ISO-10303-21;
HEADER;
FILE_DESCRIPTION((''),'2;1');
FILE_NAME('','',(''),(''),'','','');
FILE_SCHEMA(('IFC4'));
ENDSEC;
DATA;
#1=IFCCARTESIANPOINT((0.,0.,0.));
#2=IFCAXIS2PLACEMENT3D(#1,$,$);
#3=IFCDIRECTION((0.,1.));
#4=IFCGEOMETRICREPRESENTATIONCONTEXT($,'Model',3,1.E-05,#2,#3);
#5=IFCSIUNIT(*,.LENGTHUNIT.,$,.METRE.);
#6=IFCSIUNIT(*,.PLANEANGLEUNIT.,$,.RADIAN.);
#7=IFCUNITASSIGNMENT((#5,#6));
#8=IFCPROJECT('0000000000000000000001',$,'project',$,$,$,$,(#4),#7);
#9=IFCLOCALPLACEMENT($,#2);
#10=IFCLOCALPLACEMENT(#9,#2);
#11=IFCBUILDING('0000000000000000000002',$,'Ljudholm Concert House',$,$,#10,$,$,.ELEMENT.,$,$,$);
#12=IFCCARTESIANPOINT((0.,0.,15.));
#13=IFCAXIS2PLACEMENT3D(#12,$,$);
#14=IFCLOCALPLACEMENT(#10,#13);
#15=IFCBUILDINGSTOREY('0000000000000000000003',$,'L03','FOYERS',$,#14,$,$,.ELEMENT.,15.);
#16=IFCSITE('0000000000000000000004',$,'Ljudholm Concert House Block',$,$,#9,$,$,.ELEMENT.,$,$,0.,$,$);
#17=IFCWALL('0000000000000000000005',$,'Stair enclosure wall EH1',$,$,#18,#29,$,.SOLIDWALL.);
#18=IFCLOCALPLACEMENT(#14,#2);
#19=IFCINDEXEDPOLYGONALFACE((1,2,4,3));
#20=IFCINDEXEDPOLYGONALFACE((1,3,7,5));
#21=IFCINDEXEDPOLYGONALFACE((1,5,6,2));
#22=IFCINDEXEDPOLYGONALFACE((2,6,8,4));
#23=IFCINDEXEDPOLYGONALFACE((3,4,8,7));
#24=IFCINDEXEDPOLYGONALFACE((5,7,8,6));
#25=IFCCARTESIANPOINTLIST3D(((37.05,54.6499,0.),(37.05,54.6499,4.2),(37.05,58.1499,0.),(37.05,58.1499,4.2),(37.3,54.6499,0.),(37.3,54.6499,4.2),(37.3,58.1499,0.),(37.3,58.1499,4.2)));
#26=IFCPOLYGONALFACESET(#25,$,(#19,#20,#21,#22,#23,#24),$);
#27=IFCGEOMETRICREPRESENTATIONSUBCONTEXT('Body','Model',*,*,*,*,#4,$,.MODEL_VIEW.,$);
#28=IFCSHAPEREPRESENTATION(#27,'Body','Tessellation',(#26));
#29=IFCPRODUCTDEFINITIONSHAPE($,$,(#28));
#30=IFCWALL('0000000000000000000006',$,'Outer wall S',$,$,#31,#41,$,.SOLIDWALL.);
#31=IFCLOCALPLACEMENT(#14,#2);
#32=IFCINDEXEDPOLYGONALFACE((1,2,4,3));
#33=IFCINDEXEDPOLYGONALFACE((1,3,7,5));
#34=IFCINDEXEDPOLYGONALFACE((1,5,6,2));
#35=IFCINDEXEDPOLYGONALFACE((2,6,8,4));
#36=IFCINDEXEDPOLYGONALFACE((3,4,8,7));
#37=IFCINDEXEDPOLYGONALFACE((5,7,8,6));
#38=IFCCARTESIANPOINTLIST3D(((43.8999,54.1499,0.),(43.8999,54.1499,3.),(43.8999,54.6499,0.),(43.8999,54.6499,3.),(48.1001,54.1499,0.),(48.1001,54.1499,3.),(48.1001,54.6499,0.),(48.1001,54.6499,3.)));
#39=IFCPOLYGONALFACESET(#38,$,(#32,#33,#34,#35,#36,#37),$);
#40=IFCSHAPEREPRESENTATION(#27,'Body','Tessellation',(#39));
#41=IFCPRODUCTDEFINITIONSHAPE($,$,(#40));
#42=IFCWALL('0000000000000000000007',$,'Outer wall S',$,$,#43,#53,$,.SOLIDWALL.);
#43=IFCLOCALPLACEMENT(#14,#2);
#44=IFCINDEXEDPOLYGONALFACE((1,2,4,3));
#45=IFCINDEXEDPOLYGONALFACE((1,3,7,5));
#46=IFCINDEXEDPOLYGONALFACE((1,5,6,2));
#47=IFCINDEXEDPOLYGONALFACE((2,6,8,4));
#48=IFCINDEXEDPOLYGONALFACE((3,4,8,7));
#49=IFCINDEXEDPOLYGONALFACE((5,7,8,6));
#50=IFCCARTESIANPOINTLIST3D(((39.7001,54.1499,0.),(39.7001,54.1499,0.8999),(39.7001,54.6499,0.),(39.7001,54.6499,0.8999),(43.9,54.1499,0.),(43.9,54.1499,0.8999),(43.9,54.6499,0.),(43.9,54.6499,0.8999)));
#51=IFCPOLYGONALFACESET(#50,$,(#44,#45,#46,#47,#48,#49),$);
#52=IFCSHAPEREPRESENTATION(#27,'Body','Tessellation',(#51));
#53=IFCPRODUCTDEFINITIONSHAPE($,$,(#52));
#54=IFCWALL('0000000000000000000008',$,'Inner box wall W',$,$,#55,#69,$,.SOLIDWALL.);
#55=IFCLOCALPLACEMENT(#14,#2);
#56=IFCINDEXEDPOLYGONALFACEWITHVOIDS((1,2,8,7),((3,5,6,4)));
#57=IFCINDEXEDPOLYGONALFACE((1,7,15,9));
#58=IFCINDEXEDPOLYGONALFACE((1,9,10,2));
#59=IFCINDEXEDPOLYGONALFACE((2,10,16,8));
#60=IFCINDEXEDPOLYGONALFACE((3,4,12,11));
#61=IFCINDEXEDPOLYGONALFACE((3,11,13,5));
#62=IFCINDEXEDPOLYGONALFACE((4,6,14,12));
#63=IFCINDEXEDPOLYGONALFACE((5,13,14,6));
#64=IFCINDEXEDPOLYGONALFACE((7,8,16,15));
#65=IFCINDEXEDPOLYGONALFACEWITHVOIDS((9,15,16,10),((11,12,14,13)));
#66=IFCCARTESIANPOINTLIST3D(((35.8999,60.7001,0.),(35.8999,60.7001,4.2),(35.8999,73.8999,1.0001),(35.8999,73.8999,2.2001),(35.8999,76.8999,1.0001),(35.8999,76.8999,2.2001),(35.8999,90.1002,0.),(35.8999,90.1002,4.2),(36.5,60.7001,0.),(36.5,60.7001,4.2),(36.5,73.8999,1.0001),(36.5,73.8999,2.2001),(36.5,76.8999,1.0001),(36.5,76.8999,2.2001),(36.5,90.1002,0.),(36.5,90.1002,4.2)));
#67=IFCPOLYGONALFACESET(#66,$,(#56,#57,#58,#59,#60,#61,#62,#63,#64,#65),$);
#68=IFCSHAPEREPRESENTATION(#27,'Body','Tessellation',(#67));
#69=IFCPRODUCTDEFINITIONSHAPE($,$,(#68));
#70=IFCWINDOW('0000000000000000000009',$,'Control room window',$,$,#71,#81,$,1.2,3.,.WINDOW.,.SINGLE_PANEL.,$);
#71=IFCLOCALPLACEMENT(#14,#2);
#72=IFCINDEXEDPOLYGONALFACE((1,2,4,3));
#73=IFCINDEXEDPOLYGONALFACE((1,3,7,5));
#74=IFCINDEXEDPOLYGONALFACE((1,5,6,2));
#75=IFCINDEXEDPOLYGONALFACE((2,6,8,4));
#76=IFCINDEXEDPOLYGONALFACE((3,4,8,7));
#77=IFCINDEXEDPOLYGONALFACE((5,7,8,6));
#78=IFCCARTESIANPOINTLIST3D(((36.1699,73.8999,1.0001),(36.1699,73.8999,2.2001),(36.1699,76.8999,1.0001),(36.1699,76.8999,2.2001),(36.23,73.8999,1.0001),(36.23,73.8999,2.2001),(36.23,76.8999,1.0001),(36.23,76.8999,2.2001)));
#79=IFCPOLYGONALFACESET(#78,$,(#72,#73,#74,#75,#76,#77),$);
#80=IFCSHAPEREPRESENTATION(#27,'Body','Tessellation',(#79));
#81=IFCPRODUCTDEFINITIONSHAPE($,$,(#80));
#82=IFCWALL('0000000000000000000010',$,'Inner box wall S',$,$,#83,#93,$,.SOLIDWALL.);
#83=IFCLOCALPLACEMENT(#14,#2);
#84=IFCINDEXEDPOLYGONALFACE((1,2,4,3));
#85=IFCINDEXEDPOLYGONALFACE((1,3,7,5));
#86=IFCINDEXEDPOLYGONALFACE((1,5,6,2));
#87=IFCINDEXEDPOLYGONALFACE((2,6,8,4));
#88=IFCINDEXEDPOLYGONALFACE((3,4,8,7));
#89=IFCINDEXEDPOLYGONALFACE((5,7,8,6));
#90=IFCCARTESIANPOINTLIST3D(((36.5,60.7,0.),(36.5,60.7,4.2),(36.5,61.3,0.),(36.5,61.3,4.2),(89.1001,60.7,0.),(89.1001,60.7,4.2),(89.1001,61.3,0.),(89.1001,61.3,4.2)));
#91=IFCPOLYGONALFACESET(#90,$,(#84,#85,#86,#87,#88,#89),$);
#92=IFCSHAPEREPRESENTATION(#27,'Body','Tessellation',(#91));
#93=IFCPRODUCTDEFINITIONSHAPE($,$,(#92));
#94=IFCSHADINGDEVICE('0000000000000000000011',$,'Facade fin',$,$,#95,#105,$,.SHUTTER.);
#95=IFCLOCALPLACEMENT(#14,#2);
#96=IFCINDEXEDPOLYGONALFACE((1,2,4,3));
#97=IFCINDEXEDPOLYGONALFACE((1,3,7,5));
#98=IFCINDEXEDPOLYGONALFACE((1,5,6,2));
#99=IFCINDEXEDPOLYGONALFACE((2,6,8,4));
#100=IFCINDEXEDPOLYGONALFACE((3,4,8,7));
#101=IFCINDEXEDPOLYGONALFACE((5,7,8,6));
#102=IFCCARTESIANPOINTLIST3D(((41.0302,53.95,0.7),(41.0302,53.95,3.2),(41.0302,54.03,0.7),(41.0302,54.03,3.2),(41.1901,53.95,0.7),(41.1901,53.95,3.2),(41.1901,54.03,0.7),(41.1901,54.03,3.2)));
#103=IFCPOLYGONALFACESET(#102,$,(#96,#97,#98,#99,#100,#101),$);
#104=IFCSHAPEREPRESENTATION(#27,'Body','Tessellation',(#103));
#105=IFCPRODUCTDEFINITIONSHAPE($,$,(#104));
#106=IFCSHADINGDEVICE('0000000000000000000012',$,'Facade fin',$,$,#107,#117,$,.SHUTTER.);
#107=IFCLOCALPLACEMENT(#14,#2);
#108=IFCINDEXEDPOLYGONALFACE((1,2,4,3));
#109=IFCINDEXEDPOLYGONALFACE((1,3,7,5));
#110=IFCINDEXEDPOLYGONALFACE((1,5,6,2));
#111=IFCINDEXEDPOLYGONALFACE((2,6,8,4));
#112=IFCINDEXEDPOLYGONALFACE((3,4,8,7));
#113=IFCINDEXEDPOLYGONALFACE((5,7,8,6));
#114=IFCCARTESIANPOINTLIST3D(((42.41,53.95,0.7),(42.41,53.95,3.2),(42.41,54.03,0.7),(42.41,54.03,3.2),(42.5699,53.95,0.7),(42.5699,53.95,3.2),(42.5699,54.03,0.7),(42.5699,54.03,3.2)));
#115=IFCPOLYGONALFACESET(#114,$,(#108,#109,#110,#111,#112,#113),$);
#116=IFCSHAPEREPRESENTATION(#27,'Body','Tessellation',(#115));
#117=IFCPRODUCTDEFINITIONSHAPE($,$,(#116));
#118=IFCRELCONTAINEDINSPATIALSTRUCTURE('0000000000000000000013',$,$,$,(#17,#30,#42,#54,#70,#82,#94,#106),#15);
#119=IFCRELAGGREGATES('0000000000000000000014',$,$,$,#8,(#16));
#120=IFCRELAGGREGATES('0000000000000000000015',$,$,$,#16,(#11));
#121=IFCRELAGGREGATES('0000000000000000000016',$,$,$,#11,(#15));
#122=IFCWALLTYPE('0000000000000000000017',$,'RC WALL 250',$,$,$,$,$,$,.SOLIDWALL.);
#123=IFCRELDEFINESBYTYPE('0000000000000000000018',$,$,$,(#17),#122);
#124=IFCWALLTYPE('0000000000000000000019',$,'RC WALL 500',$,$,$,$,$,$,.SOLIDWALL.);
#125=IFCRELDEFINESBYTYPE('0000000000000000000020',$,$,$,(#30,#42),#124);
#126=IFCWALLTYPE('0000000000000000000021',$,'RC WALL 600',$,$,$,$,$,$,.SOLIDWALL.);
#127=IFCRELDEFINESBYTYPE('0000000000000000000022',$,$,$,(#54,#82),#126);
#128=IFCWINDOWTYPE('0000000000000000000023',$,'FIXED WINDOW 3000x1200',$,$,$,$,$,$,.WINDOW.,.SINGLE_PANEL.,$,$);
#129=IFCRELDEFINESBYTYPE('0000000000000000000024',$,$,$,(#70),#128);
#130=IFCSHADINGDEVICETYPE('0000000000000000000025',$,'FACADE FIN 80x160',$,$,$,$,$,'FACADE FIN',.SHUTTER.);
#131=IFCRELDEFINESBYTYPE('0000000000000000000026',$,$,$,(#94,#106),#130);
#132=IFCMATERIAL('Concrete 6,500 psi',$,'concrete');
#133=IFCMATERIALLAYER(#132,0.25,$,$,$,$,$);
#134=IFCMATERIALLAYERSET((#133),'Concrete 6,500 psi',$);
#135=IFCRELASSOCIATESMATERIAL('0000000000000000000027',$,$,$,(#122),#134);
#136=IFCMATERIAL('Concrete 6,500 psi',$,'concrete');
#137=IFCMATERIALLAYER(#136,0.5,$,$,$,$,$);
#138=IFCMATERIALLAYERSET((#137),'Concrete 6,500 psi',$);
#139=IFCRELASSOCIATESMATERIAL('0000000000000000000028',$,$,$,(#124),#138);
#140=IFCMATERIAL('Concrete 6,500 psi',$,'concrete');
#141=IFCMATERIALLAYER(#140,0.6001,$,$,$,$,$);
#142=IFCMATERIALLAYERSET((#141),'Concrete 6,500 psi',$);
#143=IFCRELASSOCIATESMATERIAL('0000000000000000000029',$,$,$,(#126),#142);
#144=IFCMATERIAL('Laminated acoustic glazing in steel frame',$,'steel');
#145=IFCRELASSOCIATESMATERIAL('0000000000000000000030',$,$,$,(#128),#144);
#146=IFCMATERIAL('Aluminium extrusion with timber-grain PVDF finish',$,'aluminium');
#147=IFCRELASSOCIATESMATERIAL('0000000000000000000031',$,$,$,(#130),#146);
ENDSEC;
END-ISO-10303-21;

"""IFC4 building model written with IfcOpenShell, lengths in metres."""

from ifc_helpers import new_model, si_unit, direction, frame, frame_2d, origin, origin_2d, place, context, subcontext, project, spatial, rectangle, extrude, material, layer, layer_set, type_object, element, fill, save


model = new_model("IFC4")

# Units and contexts
model_context = context("Model", 3, precision=1e-05, world=origin(), true_north=direction((0.0, 1.0)))
body_context = subcontext(model_context, "Body", "Model", "MODEL_VIEW")
ifc_project = project(units=[si_unit("LENGTHUNIT", "METRE"), si_unit("PLANEANGLEUNIT", "RADIAN")], contexts=[model_context])

# Site, building, storey
site_placement = place(None, origin())
site = spatial("IfcSite", under=ifc_project, at=site_placement, Name="Ljudholm Concert House Block", CompositionType="ELEMENT", RefElevation=0.0)
building_placement = place(site_placement, origin())
building = spatial("IfcBuilding", under=site, at=building_placement, Name="Ljudholm Concert House", CompositionType="ELEMENT")
storey_placement = place(building_placement, frame((0.0, 0.0, 15.0)))
storey = spatial("IfcBuildingStorey", under=building, at=storey_placement, Name="L03", Description="FOYERS", CompositionType="ELEMENT", Elevation=15.0)

# Walls
ifc_material_1 = material(Name="Concrete 6,500 psi", Category="concrete")
ifc_layer_1 = layer(ifc_material_1, 0.25)
ifc_layer_set_1 = layer_set([ifc_layer_1], Name="Concrete 6,500 psi")
wall_type_1 = type_object("IfcWallType", Name="RC WALL 250", PredefinedType="SOLIDWALL", material=ifc_layer_set_1)
wall_1_placement = place(storey_placement, frame((37.175, 54.6499, 0.0), z_axis=(0.0, 0.0, 1.0), x_axis=(0.0, 1.0, 0.0)))
element("IfcWall", 1, at=wall_1_placement, inside=storey, type_object=wall_type_1, Name="Stair enclosure wall EH1", PredefinedType="SOLIDWALL", context=body_context, shape_type="SweptSolid", body=[
    extrude(rectangle(XDim=3.5, YDim=0.25, at=frame_2d((1.75, 0.0))), origin(), (0.0, 0.0, 1.0), 4.2),
])
ifc_material_2 = material(Name="Concrete 6,500 psi", Category="concrete")
ifc_layer_2 = layer(ifc_material_2, 0.5)
ifc_layer_set_2 = layer_set([ifc_layer_2], Name="Concrete 6,500 psi")
wall_type_2 = type_object("IfcWallType", Name="RC WALL 500", PredefinedType="SOLIDWALL", material=ifc_layer_set_2)
wall_2_placement = place(storey_placement, frame((43.8999, 54.3999, 0.0), z_axis=(0.0, 0.0, 1.0), x_axis=(1.0, 0.0, 0.0)))
element("IfcWall", 2, at=wall_2_placement, inside=storey, type_object=wall_type_2, Name="Outer wall S", PredefinedType="SOLIDWALL", context=body_context, shape_type="SweptSolid", body=[
    extrude(rectangle(XDim=4.2002, YDim=0.5, at=frame_2d((2.1001, 0.0))), origin(), (0.0, 0.0, 1.0), 3.0),
])
wall_3_placement = place(storey_placement, frame((39.7, 54.3999, 0.0), z_axis=(0.0, 0.0, 1.0), x_axis=(1.0, 0.0, 0.0)))
element("IfcWall", 3, at=wall_3_placement, inside=storey, type_object=wall_type_2, Name="Outer wall S", PredefinedType="SOLIDWALL", context=body_context, shape_type="SweptSolid", body=[
    extrude(rectangle(XDim=4.2, YDim=0.5, at=frame_2d((2.1001, 0.0))), origin(), (0.0, 0.0, 1.0), 0.8999),
])

# Wall, opening, window
ifc_material_3 = material(Name="Concrete 6,500 psi", Category="concrete")
ifc_layer_3 = layer(ifc_material_3, 0.6001)
ifc_layer_set_3 = layer_set([ifc_layer_3], Name="Concrete 6,500 psi")
wall_type_3 = type_object("IfcWallType", Name="RC WALL 600", PredefinedType="SOLIDWALL", material=ifc_layer_set_3)
wall_4_placement = place(storey_placement, frame((36.2, 60.7, 0.0), z_axis=(0.0, 0.0, 1.0), x_axis=(0.0, 1.0, 0.0)))
wall_4 = element("IfcWall", 4, at=wall_4_placement, inside=storey, type_object=wall_type_3, Name="Inner box wall W", PredefinedType="SOLIDWALL", context=body_context, shape_type="SweptSolid", body=[
    extrude(rectangle(XDim=29.4001, YDim=0.6001, at=frame_2d((14.7002, 0.0))), origin(), (0.0, 0.0, 1.0), 4.2),
])
opening_1_placement = place(wall_4_placement, frame((13.2, 0.0, 1.0)))
opening_1 = element("IfcOpeningElement", 5, at=opening_1_placement, cuts=wall_4, PredefinedType="OPENING", context=body_context, shape_type="SweptSolid", body=[
    extrude(rectangle(XDim=3.0, YDim=1.2, at=frame_2d((1.5, 0.6001))), frame((0.0, 0.3101, 0.0), z_axis=(0.0, -1.0, 0.0), x_axis=(1.0, 0.0, 0.0)), (0.0, 0.0, 1.0), 0.6201),
])
ifc_material_4 = material(Name="Laminated acoustic glazing in steel frame", Category="steel")
window_type = type_object("IfcWindowType", Name="FIXED WINDOW 3000x1200", PartitioningType="SINGLE_PANEL", PredefinedType="WINDOW", material=ifc_material_4)
window_placement = place(opening_1_placement, origin())
window = element("IfcWindow", 6, at=window_placement, inside=storey, type_object=window_type, Name="Control room window", OverallHeight=1.2, OverallWidth=3.0, PartitioningType="SINGLE_PANEL", PredefinedType="WINDOW", context=body_context, shape_type="SweptSolid", body=[
    extrude(rectangle(XDim=3.0, YDim=1.2, at=frame_2d((1.5, 0.6001))), frame((0.0, 0.03, 0.0), z_axis=(0.0, -1.0, 0.0), x_axis=(1.0, 0.0, 0.0)), (0.0, 0.0, 1.0), 0.0601),
])
fill(opening_1, window)

# Wall
wall_5_placement = place(storey_placement, frame((36.5, 61.0, 0.0), z_axis=(0.0, 0.0, 1.0), x_axis=(1.0, 0.0, 0.0)))
element("IfcWall", 7, at=wall_5_placement, inside=storey, type_object=wall_type_3, Name="Inner box wall S", PredefinedType="SOLIDWALL", context=body_context, shape_type="SweptSolid", body=[
    extrude(rectangle(XDim=52.6001, YDim=0.6001, at=frame_2d((26.3, 0.0))), origin(), (0.0, 0.0, 1.0), 4.2),
])

# Shading devices
ifc_material_5 = material(Name="Aluminium extrusion with timber-grain PVDF finish", Category="aluminium")
shading_device_type = type_object("IfcShadingDeviceType", Name="FACADE FIN 80x160", ElementType="FACADE FIN", PredefinedType="SHUTTER", material=ifc_material_5)
for number, where, z_axis, x_axis, name in (
    (8, (41.1101, 53.99, 0.7), (0.0, 0.0, 1.0), (0.0, -1.0, 0.0), "Facade fin"),
    (9, (42.49, 53.99, 0.7), (0.0, 0.0, 1.0), (0.0, -1.0, 0.0), "Facade fin"),
):
    element("IfcShadingDevice", number, at=place(storey_placement, frame(where, z_axis=z_axis, x_axis=x_axis)), inside=storey, type_object=shading_device_type, Name=name, PredefinedType="SHUTTER", context=body_context, shape_type="SweptSolid", body=[
        extrude(rectangle(XDim=0.0801, YDim=0.1599, at=origin_2d()), origin(), (0.0, 0.0, 1.0), 2.5),
    ])

save(model, "model.ifc")
